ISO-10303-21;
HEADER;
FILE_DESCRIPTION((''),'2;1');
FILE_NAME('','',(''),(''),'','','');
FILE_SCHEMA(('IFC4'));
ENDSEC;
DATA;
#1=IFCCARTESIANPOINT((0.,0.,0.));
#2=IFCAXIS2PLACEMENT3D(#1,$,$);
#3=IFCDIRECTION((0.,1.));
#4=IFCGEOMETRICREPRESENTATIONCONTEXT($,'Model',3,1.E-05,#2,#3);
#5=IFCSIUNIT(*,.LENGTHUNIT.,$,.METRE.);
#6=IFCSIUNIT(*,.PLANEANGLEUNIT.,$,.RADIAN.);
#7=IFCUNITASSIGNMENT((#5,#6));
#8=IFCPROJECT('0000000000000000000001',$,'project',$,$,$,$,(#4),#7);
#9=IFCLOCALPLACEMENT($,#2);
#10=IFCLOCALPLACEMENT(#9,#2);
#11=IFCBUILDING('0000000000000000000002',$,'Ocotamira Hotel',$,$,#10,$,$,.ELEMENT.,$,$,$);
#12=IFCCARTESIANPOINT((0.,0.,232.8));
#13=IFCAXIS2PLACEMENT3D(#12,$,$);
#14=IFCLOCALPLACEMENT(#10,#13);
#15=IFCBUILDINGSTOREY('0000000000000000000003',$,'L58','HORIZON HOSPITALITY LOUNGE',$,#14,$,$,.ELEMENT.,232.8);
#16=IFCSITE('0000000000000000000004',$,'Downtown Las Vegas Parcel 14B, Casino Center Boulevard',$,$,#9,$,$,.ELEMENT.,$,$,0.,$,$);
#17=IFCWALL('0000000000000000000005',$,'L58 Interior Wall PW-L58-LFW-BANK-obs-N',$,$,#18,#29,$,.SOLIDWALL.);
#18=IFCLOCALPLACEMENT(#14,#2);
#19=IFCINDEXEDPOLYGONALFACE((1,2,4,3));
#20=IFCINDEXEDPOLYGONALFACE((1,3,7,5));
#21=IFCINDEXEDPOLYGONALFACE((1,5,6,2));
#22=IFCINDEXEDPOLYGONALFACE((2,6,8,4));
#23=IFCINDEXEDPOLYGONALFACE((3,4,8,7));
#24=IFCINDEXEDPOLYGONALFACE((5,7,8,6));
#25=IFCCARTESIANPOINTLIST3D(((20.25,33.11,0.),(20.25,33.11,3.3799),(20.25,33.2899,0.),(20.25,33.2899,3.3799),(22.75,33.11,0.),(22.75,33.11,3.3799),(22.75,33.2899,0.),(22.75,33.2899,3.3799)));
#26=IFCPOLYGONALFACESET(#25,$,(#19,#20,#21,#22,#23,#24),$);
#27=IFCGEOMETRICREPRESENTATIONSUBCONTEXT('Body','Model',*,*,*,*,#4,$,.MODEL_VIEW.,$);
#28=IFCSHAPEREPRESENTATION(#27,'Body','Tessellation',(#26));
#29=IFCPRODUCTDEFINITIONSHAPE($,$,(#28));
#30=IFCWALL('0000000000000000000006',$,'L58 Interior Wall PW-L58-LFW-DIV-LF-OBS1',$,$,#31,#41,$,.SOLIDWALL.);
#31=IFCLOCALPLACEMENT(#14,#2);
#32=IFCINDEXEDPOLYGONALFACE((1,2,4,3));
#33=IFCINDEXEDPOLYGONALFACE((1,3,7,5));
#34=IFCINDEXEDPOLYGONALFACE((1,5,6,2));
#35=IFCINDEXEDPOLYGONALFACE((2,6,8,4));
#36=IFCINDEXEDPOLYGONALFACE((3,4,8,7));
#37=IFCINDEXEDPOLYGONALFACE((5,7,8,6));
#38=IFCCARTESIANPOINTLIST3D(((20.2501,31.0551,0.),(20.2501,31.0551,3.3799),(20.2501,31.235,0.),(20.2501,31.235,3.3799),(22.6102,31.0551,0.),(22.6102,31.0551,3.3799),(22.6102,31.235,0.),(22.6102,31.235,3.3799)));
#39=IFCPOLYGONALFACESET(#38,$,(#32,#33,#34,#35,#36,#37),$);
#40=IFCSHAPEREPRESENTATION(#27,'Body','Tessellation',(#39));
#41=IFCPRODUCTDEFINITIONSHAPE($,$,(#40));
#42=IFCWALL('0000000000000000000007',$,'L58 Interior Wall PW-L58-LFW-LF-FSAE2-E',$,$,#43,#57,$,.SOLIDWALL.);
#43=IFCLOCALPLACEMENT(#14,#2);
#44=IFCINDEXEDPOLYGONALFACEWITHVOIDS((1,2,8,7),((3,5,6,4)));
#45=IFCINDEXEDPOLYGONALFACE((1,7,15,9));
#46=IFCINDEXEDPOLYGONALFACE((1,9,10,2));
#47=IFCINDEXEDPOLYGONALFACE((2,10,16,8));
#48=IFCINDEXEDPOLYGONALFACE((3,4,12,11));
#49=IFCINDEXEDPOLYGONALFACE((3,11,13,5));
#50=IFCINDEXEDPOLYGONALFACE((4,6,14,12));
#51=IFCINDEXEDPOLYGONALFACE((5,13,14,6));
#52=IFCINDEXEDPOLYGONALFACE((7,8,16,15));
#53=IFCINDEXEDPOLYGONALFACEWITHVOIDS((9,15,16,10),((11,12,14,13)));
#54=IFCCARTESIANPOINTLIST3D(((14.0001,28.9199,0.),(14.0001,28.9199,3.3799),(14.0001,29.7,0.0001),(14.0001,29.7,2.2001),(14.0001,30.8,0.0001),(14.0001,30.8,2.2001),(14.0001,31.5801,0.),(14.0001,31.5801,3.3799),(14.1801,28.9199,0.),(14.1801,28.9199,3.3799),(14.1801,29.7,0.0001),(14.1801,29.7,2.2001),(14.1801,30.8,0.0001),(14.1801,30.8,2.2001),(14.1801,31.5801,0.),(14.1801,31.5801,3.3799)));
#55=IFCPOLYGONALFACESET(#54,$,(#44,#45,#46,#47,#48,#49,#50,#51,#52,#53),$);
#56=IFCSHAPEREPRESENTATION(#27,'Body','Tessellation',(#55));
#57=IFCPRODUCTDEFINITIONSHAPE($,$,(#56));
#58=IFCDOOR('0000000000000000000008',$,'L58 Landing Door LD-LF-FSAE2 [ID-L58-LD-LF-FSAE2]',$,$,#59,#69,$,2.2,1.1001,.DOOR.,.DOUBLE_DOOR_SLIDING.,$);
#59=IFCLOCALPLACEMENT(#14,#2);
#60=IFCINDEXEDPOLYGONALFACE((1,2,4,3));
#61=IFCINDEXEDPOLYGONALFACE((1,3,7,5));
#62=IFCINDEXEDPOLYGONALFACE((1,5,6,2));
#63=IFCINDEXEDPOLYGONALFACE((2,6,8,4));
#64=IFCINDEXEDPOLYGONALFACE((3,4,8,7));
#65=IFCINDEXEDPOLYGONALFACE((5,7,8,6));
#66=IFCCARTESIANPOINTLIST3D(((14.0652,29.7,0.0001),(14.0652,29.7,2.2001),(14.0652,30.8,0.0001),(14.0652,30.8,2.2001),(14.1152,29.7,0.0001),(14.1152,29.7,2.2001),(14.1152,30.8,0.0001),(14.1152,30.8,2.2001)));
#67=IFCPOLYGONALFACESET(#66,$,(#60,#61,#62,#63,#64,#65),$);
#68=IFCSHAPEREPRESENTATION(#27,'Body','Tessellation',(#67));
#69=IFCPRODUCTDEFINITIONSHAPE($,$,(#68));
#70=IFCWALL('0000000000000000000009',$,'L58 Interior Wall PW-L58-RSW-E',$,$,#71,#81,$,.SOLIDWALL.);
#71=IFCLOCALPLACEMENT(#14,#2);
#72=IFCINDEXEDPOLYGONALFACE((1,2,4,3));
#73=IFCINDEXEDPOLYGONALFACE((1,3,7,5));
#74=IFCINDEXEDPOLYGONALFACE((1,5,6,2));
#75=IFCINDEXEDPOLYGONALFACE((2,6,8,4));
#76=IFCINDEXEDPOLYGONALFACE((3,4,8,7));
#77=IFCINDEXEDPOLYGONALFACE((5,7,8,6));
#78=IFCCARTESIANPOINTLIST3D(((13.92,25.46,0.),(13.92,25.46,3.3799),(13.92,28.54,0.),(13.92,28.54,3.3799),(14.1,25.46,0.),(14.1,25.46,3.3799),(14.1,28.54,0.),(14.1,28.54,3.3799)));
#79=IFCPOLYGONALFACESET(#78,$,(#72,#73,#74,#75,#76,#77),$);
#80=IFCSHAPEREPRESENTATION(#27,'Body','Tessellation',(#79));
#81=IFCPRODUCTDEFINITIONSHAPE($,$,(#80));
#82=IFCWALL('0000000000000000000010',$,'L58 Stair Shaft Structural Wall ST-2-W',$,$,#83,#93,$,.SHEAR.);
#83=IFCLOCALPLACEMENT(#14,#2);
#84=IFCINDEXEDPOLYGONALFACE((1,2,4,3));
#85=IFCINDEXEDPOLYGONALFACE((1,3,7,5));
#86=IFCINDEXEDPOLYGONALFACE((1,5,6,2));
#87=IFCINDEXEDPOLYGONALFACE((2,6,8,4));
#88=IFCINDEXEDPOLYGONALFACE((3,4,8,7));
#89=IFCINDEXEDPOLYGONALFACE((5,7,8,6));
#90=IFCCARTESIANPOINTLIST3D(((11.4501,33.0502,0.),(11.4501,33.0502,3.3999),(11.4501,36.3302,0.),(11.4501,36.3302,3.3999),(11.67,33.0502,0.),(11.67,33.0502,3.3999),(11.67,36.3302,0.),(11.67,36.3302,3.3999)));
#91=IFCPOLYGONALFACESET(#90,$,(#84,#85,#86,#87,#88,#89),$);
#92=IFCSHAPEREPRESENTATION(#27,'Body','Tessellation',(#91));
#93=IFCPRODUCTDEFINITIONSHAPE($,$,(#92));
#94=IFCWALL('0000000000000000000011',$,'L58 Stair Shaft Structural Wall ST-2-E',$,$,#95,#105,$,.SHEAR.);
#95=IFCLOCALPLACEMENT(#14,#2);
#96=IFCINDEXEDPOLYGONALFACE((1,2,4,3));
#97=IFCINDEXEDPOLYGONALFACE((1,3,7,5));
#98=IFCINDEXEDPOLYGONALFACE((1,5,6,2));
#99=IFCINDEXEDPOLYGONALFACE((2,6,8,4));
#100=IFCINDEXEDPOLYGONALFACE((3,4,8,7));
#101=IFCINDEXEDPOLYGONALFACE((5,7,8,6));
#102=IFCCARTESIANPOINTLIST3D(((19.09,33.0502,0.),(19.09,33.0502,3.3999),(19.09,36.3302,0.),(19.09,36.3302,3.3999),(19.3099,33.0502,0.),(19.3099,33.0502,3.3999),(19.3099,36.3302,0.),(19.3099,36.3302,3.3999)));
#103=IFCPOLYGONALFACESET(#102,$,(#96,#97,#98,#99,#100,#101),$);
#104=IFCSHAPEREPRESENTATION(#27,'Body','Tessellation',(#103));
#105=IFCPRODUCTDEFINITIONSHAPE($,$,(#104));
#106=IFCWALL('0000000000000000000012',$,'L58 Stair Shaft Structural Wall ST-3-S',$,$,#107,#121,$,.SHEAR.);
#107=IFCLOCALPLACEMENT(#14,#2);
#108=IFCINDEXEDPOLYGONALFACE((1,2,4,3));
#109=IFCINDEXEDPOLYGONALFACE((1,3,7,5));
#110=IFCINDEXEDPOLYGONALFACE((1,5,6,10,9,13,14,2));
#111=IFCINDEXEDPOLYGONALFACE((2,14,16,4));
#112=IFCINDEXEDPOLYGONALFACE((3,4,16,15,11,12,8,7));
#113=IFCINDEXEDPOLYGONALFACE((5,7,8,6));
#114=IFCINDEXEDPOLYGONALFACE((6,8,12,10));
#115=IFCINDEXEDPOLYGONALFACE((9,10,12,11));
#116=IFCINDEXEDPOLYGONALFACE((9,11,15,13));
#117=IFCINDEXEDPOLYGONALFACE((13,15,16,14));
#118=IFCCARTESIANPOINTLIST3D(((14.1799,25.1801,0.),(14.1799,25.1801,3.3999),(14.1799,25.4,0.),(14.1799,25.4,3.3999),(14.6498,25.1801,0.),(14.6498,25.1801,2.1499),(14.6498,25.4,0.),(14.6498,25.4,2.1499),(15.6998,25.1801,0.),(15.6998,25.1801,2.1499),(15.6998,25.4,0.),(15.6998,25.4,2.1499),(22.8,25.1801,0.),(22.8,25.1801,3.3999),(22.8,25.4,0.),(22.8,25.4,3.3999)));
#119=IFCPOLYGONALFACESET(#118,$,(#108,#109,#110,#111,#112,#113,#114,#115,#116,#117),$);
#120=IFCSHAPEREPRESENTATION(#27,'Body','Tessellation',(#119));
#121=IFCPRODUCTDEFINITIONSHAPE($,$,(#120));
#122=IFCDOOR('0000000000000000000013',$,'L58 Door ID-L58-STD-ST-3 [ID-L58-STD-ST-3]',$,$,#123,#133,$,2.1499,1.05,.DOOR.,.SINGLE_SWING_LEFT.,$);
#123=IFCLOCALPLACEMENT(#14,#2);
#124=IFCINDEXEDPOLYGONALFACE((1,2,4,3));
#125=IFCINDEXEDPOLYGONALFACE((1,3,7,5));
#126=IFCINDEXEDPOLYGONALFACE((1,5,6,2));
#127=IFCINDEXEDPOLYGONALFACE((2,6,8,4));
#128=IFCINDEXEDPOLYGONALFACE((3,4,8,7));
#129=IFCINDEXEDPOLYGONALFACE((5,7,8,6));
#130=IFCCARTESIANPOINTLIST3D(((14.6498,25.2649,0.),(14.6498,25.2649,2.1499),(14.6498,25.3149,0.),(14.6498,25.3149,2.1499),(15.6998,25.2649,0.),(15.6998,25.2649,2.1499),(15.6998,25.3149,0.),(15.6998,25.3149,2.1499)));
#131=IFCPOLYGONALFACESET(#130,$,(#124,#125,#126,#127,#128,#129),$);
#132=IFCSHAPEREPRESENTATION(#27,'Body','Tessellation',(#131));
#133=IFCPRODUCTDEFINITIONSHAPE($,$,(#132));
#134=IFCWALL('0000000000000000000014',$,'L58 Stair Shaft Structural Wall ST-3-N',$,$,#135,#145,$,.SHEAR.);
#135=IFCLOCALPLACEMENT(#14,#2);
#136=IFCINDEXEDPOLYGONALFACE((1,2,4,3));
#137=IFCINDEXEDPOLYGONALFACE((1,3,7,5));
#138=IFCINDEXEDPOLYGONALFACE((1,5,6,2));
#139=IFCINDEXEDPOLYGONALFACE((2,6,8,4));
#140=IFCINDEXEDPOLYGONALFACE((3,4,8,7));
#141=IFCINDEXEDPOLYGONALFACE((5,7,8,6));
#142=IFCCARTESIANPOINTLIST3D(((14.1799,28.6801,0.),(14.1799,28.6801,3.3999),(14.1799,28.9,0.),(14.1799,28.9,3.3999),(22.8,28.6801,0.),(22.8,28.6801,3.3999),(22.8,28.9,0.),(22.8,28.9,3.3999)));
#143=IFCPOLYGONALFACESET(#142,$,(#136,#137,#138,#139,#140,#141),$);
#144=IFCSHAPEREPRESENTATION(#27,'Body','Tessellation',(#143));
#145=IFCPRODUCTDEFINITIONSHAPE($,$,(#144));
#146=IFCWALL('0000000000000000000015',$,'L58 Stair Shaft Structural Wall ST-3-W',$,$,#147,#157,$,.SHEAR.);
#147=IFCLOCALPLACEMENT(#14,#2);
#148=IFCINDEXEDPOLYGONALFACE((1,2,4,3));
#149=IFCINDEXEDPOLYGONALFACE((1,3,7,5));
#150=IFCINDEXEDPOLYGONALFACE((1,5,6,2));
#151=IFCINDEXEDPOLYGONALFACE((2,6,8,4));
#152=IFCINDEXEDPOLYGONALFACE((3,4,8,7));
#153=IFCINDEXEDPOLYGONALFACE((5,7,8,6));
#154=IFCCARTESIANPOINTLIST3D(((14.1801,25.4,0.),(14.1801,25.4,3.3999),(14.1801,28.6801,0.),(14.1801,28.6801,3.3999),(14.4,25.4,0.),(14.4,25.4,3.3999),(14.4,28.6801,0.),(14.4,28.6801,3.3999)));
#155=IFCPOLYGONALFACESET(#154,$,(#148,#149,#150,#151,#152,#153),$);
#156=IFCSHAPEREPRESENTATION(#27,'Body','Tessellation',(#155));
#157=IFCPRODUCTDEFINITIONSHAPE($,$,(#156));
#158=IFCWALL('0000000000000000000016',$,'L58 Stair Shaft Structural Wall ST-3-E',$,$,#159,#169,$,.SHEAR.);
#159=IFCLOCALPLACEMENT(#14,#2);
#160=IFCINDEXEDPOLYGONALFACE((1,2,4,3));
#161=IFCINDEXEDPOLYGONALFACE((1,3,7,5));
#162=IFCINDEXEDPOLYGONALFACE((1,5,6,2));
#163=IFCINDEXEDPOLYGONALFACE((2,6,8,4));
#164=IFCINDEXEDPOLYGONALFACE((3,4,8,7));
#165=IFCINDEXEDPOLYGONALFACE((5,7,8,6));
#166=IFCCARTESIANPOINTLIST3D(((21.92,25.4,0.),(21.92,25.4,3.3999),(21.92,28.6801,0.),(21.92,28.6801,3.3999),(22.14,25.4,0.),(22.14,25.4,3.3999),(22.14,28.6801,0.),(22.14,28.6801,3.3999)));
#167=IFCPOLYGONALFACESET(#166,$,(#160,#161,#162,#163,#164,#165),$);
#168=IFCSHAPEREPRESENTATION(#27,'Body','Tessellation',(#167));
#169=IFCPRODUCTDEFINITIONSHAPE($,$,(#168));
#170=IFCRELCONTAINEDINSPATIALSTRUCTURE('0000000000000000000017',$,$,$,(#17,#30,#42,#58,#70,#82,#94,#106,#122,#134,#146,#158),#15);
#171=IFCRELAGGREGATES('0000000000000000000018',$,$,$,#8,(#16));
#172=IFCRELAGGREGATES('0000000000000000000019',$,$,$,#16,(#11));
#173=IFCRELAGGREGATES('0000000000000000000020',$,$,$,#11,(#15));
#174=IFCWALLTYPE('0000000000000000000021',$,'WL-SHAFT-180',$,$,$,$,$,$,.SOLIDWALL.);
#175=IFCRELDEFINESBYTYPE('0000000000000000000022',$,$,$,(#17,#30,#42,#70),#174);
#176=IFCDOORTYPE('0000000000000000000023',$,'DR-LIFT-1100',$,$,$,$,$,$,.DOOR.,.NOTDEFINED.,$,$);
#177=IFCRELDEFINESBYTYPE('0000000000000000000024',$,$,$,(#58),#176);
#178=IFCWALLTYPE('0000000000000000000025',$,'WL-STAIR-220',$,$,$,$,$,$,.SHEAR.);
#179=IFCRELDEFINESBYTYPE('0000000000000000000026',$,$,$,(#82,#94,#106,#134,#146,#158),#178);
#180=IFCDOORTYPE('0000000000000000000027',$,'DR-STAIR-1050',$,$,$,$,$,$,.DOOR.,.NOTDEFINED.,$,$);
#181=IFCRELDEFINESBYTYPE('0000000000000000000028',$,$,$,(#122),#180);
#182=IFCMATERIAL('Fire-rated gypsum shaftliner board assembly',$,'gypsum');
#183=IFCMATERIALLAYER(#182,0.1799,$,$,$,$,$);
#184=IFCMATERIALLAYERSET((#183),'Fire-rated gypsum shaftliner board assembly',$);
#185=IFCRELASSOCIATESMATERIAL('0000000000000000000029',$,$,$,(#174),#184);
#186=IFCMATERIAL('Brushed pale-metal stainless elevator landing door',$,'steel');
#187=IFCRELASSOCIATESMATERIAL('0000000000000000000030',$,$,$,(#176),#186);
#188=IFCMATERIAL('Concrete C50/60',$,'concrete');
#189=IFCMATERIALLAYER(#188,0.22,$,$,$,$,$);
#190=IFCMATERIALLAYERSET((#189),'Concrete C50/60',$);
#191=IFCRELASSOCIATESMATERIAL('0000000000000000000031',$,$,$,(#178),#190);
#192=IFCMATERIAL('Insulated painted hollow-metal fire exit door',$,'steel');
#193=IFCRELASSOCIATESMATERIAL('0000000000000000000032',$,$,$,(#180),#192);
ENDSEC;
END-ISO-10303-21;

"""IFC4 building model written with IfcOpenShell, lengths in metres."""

from ifc_helpers import new_model, si_unit, direction, frame, frame_2d, origin, place, context, subcontext, project, spatial, rectangle, extrude, source, transform, mapped, material, layer, layer_set, type_object, element, fill, save


model = new_model("IFC4")

# Units and contexts
model_context = context("Model", 3, precision=1e-05, world=origin(), true_north=direction((0.0, 1.0)))
body_context = subcontext(model_context, "Body", "Model", "MODEL_VIEW")
ifc_project = project(units=[si_unit("LENGTHUNIT", "METRE"), si_unit("PLANEANGLEUNIT", "RADIAN")], contexts=[model_context])

# Site, building, storey
site_placement = place(None, origin())
site = spatial("IfcSite", under=ifc_project, at=site_placement, Name="Downtown Las Vegas Parcel 14B, Casino Center Boulevard", CompositionType="ELEMENT", RefElevation=0.0)
building_placement = place(site_placement, origin())
building = spatial("IfcBuilding", under=site, at=building_placement, Name="Ocotamira Hotel", CompositionType="ELEMENT")
storey_placement = place(building_placement, frame((0.0, 0.0, 232.8)))
storey = spatial("IfcBuildingStorey", under=building, at=storey_placement, Name="L58", Description="HORIZON HOSPITALITY LOUNGE", CompositionType="ELEMENT", Elevation=232.8)

# Walls
ifc_material_1 = material(Name="Fire-rated gypsum shaftliner board assembly", Category="gypsum")
ifc_layer_1 = layer(ifc_material_1, 0.1799)
ifc_layer_set_1 = layer_set([ifc_layer_1], Name="Fire-rated gypsum shaftliner board assembly")
wall_type_1 = type_object("IfcWallType", Name="WL-SHAFT-180", PredefinedType="SOLIDWALL", material=ifc_layer_set_1)
wall_1_placement = place(storey_placement, frame((20.25, 33.2, 0.0), z_axis=(0.0, 0.0, 1.0), x_axis=(1.0, 0.0, 0.0)))
element("IfcWall", 1, at=wall_1_placement, inside=storey, type_object=wall_type_1, Name="L58 Interior Wall PW-L58-LFW-BANK-obs-N", PredefinedType="SOLIDWALL", context=body_context, shape_type="SweptSolid", body=[
    extrude(rectangle(XDim=2.5, YDim=0.1799, at=frame_2d((1.25, 0.0))), origin(), (0.0, 0.0, 1.0), 3.3799),
])
wall_2_placement = place(storey_placement, frame((20.25, 31.145, 0.0), z_axis=(0.0, 0.0, 1.0), x_axis=(1.0, 0.0, 0.0)))
element("IfcWall", 2, at=wall_2_placement, inside=storey, type_object=wall_type_1, Name="L58 Interior Wall PW-L58-LFW-DIV-LF-OBS1", PredefinedType="SOLIDWALL", context=body_context, shape_type="SweptSolid", body=[
    extrude(rectangle(XDim=2.3601, YDim=0.1799, at=frame_2d((1.1802, 0.0))), origin(), (0.0, 0.0, 1.0), 3.3799),
])

# Wall, opening, door
wall_3_placement = place(storey_placement, frame((14.0901, 28.9199, 0.0), z_axis=(0.0, 0.0, 1.0), x_axis=(0.0, 1.0, 0.0)))
wall_3 = element("IfcWall", 3, at=wall_3_placement, inside=storey, type_object=wall_type_1, Name="L58 Interior Wall PW-L58-LFW-LF-FSAE2-E", PredefinedType="SOLIDWALL", context=body_context, shape_type="SweptSolid", body=[
    extrude(rectangle(XDim=2.6602, YDim=0.1799, at=frame_2d((1.3301, 0.0))), origin(), (0.0, 0.0, 1.0), 3.3799),
])
opening_1_placement = place(wall_3_placement, frame((0.78, 0.0, 0.0)))
opening_1 = element("IfcOpeningElement", 4, at=opening_1_placement, cuts=wall_3, PredefinedType="OPENING", context=body_context, shape_type="SweptSolid", body=[
    extrude(rectangle(XDim=1.1001, YDim=2.2, at=frame_2d((0.55, 1.1001))), frame((0.0, 0.1001, 0.0), z_axis=(0.0, -1.0, 0.0), x_axis=(1.0, 0.0, 0.0)), (0.0, 0.0, 1.0), 0.2),
])
ifc_material_2 = material(Name="Brushed pale-metal stainless elevator landing door", Category="steel")
door_type_1 = type_object("IfcDoorType", Name="DR-LIFT-1100", OperationType="NOTDEFINED", PredefinedType="DOOR", material=ifc_material_2)
shared_shape_1 = source(origin(), body_context, "Body", "SweptSolid", [
    extrude(rectangle(XDim=1.1001, YDim=2.2, at=frame_2d((0.55, 1.1001))), frame((0.0, 0.0249, 0.0), z_axis=(0.0, -1.0, 0.0), x_axis=(1.0, 0.0, 0.0)), (0.0, 0.0, 1.0), 0.05),
])
door_1_placement = place(opening_1_placement, origin())
door_1 = element("IfcDoor", 5, at=door_1_placement, inside=storey, type_object=door_type_1, Name="L58 Landing Door LD-LF-FSAE2 [ID-L58-LD-LF-FSAE2]", OperationType="DOUBLE_DOOR_SLIDING", OverallHeight=2.2, OverallWidth=1.1001, PredefinedType="DOOR", context=body_context, shape_type="MappedRepresentation", body=[
    mapped(shared_shape_1, transform((0.0, 0.0, 0.0), scale=1.0)),
])
fill(opening_1, door_1)

# Walls
wall_4_placement = place(storey_placement, frame((14.01, 25.46, 0.0), z_axis=(0.0, 0.0, 1.0), x_axis=(0.0, 1.0, 0.0)))
element("IfcWall", 6, at=wall_4_placement, inside=storey, type_object=wall_type_1, Name="L58 Interior Wall PW-L58-RSW-E", PredefinedType="SOLIDWALL", context=body_context, shape_type="SweptSolid", body=[
    extrude(rectangle(XDim=3.0801, YDim=0.1799, at=frame_2d((1.54, 0.0))), origin(), (0.0, 0.0, 1.0), 3.3799),
])
ifc_material_3 = material(Name="Concrete C50/60", Category="concrete")
ifc_layer_2 = layer(ifc_material_3, 0.22)
ifc_layer_set_2 = layer_set([ifc_layer_2], Name="Concrete C50/60")
wall_type_2 = type_object("IfcWallType", Name="WL-STAIR-220", PredefinedType="SHEAR", material=ifc_layer_set_2)
for number, where, z_axis, x_axis, name in (
    (7, (11.5601, 33.05, 0.0), (0.0, 0.0, 1.0), (0.0, 1.0, 0.0), "L58 Stair Shaft Structural Wall ST-2-W"),
    (8, (19.2, 33.05, 0.0), (0.0, 0.0, 1.0), (0.0, 1.0, 0.0), "L58 Stair Shaft Structural Wall ST-2-E"),
):
    element("IfcWall", number, at=place(storey_placement, frame(where, z_axis=z_axis, x_axis=x_axis)), inside=storey, type_object=wall_type_2, Name=name, PredefinedType="SHEAR", context=body_context, shape_type="SweptSolid", body=[
        extrude(rectangle(XDim=3.28, YDim=0.22, at=frame_2d((1.6401, 0.0))), origin(), (0.0, 0.0, 1.0), 3.3999),
    ])

# Wall, opening, door
wall_5_placement = place(storey_placement, frame((14.1799, 25.29, 0.0), z_axis=(0.0, 0.0, 1.0), x_axis=(1.0, 0.0, 0.0)))
wall_5 = element("IfcWall", 9, at=wall_5_placement, inside=storey, type_object=wall_type_2, Name="L58 Stair Shaft Structural Wall ST-3-S", PredefinedType="SHEAR", context=body_context, shape_type="SweptSolid", body=[
    extrude(rectangle(XDim=8.6201, YDim=0.22, at=frame_2d((4.3101, 0.0))), origin(), (0.0, 0.0, 1.0), 3.3999),
])
opening_2_placement = place(wall_5_placement, frame((0.47, 0.0, 0.0)))
opening_2 = element("IfcOpeningElement", 10, at=opening_2_placement, cuts=wall_5, PredefinedType="OPENING", context=body_context, shape_type="SweptSolid", body=[
    extrude(rectangle(XDim=1.05, YDim=2.1499, at=frame_2d((0.5249, 1.075))), frame((0.0, 0.1201, 0.0), z_axis=(0.0, -1.0, 0.0), x_axis=(1.0, 0.0, 0.0)), (0.0, 0.0, 1.0), 0.24),
])
ifc_material_4 = material(Name="Insulated painted hollow-metal fire exit door", Category="steel")
door_type_2 = type_object("IfcDoorType", Name="DR-STAIR-1050", OperationType="NOTDEFINED", PredefinedType="DOOR", material=ifc_material_4)
shared_shape_2 = source(origin(), body_context, "Body", "SweptSolid", [
    extrude(rectangle(XDim=1.05, YDim=2.1499, at=frame_2d((0.5249, 1.075))), frame((0.0, 0.0249, 0.0), z_axis=(0.0, -1.0, 0.0), x_axis=(1.0, 0.0, 0.0)), (0.0, 0.0, 1.0), 0.05),
])
door_2_placement = place(opening_2_placement, origin())
door_2 = element("IfcDoor", 11, at=door_2_placement, inside=storey, type_object=door_type_2, Name="L58 Door ID-L58-STD-ST-3 [ID-L58-STD-ST-3]", OperationType="SINGLE_SWING_LEFT", OverallHeight=2.1499, OverallWidth=1.05, PredefinedType="DOOR", context=body_context, shape_type="MappedRepresentation", body=[
    mapped(shared_shape_2, transform((0.0, 0.0, 0.0), scale=1.0)),
])
fill(opening_2, door_2)

# Walls
wall_6_placement = place(storey_placement, frame((14.1799, 28.79, 0.0), z_axis=(0.0, 0.0, 1.0), x_axis=(1.0, 0.0, 0.0)))
element("IfcWall", 12, at=wall_6_placement, inside=storey, type_object=wall_type_2, Name="L58 Stair Shaft Structural Wall ST-3-N", PredefinedType="SHEAR", context=body_context, shape_type="SweptSolid", body=[
    extrude(rectangle(XDim=8.6201, YDim=0.22, at=frame_2d((4.3101, 0.0))), origin(), (0.0, 0.0, 1.0), 3.3999),
])
for number, where, z_axis, x_axis, name in (
    (13, (14.29, 25.3999, 0.0), (0.0, 0.0, 1.0), (0.0, 1.0, 0.0), "L58 Stair Shaft Structural Wall ST-3-W"),
    (14, (22.03, 25.3999, 0.0), (0.0, 0.0, 1.0), (0.0, 1.0, 0.0), "L58 Stair Shaft Structural Wall ST-3-E"),
):
    element("IfcWall", number, at=place(storey_placement, frame(where, z_axis=z_axis, x_axis=x_axis)), inside=storey, type_object=wall_type_2, Name=name, PredefinedType="SHEAR", context=body_context, shape_type="SweptSolid", body=[
        extrude(rectangle(XDim=3.28, YDim=0.22, at=frame_2d((1.6401, 0.0))), origin(), (0.0, 0.0, 1.0), 3.3999),
    ])

save(model, "model.ifc")
